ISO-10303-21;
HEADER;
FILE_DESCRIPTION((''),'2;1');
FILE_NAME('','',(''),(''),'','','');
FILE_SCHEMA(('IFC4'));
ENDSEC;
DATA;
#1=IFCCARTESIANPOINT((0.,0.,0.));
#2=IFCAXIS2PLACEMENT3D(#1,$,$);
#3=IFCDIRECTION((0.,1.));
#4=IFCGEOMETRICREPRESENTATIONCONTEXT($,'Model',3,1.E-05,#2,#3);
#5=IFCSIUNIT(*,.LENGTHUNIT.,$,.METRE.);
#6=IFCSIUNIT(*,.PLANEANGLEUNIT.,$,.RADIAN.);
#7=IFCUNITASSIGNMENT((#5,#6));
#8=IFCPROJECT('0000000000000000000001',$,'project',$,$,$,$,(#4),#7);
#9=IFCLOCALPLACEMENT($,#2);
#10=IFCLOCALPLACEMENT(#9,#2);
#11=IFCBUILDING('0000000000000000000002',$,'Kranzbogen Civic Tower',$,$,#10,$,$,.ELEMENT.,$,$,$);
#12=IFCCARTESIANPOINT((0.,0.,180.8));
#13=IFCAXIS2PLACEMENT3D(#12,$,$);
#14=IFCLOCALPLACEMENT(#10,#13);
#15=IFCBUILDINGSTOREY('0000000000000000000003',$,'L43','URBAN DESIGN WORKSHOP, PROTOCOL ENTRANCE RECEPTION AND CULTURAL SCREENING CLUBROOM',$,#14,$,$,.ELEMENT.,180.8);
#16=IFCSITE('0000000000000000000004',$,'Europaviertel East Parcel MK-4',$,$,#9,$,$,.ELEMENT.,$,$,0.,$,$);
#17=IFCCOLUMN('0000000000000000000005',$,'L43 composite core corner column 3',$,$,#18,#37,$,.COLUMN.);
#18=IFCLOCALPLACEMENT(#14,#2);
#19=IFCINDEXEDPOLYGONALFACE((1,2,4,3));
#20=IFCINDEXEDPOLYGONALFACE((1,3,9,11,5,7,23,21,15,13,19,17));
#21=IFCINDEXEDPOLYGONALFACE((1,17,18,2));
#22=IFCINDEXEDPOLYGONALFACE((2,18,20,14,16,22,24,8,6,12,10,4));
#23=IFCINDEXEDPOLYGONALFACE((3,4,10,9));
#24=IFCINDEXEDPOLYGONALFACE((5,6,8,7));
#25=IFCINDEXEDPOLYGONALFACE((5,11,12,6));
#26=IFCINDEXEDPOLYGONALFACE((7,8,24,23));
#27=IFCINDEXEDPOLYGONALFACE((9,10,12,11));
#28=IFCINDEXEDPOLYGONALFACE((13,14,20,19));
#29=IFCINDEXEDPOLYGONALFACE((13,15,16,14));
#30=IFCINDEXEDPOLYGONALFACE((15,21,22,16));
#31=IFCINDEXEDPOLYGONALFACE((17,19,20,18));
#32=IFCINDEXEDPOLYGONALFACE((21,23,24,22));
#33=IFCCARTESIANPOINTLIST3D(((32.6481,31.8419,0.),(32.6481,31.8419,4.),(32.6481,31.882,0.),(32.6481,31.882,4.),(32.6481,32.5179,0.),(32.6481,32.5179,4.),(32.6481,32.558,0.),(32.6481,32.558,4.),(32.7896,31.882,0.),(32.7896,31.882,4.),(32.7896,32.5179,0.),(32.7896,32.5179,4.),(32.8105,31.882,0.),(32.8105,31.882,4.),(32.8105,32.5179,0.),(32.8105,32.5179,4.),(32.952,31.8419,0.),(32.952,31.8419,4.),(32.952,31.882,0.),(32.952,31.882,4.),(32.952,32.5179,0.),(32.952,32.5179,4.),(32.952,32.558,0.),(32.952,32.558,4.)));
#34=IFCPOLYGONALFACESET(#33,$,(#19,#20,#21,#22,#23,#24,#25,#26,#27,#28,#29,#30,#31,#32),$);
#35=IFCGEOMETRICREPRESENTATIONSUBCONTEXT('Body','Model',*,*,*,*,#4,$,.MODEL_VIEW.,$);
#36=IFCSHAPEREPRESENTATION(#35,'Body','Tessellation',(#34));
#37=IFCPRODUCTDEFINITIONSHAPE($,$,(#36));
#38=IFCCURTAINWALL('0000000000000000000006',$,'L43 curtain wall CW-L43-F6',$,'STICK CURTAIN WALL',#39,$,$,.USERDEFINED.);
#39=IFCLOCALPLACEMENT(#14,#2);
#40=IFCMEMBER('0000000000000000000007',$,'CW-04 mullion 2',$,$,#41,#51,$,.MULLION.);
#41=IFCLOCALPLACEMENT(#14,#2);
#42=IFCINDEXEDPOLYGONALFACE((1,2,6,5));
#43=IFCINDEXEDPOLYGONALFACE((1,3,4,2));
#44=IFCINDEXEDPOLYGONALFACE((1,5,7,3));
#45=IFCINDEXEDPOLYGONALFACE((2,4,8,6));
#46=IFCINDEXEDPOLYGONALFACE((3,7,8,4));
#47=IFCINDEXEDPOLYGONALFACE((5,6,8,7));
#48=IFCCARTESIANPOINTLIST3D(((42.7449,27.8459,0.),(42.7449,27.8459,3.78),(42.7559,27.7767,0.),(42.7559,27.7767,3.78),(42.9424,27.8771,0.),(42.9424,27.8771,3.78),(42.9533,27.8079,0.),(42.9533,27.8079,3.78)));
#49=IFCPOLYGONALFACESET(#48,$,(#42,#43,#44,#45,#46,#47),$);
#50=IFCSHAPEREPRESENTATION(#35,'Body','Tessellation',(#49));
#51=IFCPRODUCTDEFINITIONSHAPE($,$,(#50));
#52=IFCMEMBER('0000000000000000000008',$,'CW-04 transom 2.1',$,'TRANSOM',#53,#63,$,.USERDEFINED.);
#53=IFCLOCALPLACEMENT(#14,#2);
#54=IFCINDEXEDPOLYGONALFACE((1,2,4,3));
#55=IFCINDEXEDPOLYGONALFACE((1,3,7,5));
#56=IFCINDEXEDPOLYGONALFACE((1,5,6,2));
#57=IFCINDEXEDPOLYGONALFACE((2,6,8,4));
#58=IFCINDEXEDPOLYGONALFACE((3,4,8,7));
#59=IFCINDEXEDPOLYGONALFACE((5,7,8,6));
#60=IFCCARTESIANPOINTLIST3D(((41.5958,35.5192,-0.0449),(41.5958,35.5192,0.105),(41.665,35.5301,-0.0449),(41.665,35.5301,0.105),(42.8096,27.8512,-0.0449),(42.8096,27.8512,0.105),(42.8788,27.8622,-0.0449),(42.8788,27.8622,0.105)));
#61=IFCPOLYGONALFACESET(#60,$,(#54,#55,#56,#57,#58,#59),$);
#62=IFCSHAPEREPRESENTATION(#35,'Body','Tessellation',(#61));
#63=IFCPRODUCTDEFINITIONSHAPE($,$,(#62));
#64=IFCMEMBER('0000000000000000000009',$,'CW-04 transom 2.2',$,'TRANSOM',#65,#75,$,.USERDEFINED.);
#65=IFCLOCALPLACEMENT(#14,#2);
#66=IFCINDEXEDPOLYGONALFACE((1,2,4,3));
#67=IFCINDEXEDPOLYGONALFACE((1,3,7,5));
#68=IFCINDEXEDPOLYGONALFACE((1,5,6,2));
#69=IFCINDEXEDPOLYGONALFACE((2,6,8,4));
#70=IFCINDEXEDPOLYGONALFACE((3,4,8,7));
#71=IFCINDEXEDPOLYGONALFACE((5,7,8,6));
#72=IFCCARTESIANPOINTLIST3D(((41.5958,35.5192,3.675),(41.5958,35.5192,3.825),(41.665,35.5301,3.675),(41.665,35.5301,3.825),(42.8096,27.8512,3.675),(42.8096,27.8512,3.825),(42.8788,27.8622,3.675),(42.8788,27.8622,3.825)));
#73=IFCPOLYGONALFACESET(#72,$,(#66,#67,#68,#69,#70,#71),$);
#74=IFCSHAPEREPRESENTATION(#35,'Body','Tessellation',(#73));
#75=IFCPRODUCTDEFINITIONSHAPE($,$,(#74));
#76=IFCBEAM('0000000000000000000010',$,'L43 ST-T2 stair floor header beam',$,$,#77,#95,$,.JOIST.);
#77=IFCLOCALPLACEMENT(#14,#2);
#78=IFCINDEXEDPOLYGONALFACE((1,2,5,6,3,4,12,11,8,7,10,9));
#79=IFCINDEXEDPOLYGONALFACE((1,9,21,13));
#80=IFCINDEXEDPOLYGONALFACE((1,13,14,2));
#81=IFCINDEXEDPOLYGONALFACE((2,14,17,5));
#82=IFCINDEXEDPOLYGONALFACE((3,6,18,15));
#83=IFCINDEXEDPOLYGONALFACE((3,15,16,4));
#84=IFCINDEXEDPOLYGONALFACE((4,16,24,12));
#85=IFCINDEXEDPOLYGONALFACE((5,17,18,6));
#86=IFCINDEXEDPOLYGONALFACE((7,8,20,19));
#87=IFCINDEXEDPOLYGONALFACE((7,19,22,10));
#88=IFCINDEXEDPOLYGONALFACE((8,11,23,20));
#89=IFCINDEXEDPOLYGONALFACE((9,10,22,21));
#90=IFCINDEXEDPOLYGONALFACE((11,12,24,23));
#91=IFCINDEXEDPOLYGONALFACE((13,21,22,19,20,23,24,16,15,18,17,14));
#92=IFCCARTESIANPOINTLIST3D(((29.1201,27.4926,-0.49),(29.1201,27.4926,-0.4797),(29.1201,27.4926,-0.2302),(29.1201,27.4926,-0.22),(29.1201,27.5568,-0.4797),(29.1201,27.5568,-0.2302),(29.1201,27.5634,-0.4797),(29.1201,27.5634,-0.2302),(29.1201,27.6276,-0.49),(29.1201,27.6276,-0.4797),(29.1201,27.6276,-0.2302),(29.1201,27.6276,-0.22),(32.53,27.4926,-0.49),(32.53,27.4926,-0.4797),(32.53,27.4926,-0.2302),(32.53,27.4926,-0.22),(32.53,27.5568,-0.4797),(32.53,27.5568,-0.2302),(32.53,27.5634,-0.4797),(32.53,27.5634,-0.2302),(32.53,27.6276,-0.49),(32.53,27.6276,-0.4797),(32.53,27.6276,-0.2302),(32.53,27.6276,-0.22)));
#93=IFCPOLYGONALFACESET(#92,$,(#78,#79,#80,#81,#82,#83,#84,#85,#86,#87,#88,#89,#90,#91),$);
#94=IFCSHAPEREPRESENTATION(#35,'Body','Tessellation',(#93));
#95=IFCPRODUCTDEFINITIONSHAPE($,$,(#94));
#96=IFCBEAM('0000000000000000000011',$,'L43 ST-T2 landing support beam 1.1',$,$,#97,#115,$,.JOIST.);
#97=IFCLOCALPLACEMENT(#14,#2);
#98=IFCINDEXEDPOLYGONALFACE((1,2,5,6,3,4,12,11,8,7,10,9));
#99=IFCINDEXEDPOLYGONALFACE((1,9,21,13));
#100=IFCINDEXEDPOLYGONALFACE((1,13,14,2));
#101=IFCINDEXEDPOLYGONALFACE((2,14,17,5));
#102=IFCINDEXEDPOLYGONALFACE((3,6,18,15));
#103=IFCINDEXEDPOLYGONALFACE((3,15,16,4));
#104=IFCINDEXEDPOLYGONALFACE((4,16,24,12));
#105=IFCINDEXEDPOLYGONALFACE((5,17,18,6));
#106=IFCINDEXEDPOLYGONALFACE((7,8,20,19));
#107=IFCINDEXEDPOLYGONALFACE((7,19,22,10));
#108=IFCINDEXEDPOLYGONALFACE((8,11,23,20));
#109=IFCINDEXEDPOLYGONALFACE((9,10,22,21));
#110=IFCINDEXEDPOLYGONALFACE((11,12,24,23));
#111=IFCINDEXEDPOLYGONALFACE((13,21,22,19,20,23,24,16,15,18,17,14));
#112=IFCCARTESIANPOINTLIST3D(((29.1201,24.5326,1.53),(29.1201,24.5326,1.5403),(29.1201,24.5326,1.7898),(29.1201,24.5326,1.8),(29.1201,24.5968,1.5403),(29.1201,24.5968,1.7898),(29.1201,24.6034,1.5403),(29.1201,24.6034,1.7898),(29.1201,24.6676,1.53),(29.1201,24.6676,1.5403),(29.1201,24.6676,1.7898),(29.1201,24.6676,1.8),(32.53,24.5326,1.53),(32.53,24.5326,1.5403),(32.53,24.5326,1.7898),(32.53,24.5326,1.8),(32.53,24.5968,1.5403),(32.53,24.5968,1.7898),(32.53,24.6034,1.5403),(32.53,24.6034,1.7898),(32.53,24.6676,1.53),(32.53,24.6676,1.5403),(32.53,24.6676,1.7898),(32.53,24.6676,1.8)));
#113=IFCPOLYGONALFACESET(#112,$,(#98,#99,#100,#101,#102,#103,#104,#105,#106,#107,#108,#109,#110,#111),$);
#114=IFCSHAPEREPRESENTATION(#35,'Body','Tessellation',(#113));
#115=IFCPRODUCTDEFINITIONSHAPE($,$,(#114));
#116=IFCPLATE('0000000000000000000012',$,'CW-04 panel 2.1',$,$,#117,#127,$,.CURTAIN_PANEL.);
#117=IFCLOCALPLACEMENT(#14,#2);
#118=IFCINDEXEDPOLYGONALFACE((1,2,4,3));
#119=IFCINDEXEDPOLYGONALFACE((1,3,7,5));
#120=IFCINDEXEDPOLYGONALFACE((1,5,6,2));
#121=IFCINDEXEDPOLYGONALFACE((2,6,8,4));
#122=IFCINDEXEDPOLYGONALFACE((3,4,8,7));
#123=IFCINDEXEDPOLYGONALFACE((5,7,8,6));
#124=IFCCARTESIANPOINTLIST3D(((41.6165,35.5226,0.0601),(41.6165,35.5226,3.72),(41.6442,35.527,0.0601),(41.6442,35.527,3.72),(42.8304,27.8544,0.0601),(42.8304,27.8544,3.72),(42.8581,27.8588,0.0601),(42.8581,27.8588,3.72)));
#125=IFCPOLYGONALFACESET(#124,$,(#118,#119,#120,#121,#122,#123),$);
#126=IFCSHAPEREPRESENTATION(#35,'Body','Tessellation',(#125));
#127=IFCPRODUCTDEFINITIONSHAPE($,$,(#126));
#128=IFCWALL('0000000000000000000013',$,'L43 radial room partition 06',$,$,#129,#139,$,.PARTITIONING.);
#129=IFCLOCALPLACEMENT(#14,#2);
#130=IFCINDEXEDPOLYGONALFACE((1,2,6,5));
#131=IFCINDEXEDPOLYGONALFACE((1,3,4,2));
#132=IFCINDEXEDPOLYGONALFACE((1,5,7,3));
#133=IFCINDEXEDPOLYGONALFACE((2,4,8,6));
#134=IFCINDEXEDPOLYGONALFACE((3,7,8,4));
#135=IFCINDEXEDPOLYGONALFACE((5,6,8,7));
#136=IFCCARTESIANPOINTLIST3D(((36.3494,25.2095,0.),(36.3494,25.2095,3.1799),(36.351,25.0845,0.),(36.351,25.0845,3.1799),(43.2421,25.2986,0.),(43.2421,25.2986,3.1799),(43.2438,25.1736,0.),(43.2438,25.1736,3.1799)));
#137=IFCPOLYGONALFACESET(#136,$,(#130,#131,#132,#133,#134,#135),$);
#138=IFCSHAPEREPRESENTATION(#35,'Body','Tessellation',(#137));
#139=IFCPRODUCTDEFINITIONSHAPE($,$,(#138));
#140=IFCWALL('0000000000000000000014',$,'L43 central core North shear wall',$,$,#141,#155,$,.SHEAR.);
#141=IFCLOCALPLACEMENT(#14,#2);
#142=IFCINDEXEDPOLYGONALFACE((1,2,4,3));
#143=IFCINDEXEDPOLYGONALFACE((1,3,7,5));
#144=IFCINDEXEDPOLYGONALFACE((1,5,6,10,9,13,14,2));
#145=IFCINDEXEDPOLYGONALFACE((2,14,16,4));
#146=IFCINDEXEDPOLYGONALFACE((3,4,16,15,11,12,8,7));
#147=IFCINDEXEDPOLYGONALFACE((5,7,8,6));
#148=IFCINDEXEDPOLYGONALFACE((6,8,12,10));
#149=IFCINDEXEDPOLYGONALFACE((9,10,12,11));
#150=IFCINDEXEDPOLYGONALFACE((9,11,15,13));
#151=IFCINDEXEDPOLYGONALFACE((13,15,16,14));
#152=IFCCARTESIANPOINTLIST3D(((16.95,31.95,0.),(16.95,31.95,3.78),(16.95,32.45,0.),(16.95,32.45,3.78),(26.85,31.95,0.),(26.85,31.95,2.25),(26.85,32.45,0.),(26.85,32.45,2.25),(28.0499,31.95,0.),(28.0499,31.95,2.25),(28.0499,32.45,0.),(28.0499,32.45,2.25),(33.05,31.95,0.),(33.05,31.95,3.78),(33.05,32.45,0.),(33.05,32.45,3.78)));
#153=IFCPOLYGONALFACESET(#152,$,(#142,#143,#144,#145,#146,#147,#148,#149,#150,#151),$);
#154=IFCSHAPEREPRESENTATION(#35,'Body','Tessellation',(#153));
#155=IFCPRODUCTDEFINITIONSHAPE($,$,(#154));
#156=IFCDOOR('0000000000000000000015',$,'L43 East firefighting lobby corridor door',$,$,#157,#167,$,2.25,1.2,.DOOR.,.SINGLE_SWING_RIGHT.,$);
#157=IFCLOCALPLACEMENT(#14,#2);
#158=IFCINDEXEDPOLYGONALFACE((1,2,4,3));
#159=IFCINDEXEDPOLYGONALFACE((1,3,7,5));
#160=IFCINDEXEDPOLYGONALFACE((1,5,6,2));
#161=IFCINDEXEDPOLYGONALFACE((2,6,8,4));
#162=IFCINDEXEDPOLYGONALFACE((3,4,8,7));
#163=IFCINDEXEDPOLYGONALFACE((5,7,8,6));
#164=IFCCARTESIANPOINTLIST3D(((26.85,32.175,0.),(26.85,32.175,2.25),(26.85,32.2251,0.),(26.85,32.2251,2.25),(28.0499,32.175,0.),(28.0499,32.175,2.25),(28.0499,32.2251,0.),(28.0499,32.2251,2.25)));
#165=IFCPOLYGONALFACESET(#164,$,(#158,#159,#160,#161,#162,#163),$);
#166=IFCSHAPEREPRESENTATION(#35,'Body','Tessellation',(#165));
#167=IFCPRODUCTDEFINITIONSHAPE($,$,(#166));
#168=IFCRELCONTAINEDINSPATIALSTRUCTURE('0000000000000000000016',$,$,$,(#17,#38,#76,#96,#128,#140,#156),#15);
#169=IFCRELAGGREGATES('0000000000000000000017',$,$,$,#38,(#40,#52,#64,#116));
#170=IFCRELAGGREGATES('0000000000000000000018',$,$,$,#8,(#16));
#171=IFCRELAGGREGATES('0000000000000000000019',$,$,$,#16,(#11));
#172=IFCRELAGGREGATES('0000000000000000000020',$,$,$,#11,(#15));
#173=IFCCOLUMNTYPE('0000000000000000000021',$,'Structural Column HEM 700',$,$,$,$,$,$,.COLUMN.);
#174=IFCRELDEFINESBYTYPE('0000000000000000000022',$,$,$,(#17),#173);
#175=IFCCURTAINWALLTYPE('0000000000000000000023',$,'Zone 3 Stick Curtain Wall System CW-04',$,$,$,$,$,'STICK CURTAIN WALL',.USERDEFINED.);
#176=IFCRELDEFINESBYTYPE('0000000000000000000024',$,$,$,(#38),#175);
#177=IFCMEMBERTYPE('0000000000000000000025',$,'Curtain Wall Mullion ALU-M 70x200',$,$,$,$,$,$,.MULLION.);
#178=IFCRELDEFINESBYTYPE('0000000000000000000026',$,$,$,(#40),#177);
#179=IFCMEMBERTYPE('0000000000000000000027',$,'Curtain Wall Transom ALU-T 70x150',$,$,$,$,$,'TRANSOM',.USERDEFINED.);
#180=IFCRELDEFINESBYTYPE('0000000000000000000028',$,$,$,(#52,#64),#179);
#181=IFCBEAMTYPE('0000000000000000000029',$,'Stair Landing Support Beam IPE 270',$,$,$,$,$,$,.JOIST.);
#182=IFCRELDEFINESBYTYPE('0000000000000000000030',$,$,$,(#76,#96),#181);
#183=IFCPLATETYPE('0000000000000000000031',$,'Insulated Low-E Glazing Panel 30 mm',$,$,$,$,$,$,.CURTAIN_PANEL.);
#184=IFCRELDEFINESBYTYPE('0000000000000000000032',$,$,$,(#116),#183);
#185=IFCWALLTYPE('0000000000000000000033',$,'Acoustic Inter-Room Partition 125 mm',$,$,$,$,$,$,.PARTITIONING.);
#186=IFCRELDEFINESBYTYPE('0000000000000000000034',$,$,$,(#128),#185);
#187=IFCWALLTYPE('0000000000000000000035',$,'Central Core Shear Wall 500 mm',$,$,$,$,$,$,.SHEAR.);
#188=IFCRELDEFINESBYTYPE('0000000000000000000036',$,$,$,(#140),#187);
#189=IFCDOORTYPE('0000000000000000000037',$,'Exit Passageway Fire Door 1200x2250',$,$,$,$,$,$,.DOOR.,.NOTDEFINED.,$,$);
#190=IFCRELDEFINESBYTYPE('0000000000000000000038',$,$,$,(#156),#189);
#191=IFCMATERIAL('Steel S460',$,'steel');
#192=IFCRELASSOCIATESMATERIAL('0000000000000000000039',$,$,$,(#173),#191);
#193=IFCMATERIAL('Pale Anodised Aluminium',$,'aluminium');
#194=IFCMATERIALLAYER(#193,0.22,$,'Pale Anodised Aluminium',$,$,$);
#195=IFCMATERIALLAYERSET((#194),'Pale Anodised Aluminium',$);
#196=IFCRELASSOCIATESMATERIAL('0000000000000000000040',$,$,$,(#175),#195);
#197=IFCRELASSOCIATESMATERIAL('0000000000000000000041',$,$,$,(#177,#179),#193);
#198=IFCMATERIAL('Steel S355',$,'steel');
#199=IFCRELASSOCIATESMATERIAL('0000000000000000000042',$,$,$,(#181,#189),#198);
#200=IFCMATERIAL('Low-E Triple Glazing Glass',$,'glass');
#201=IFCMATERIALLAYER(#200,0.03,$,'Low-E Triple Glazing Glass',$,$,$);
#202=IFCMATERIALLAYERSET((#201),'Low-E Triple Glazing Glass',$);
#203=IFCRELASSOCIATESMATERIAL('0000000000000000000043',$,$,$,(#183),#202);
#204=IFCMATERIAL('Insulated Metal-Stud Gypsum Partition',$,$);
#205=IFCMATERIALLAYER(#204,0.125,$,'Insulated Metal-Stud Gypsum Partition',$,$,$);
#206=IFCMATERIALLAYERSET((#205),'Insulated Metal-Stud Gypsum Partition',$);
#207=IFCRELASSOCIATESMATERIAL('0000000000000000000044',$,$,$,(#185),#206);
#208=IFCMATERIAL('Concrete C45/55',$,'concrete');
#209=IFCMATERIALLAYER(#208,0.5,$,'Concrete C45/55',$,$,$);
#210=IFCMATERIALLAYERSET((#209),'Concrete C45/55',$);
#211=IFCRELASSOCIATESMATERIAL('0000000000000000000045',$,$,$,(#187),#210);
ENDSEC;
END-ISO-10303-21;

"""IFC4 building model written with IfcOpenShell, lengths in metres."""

from ifc_helpers import new_model, si_unit, direction, frame, frame_2d, origin, origin_2d, place, context, subcontext, project, spatial, rectangle, i_section, extrude, material, layer, layer_set, material_profile, profile_set, type_object, element, fill, aggregate, save


model = new_model("IFC4")

# Units and contexts
model_context = context("Model", 3, precision=1e-05, world=origin(), true_north=direction((0.0, 1.0)))
body_context = subcontext(model_context, "Body", "Model", "MODEL_VIEW")
ifc_project = project(units=[si_unit("LENGTHUNIT", "METRE"), si_unit("PLANEANGLEUNIT", "RADIAN")], contexts=[model_context])

# Site, building, storey
site_placement = place(None, origin())
site = spatial("IfcSite", under=ifc_project, at=site_placement, Name="Europaviertel East Parcel MK-4", CompositionType="ELEMENT", RefElevation=0.0)
building_placement = place(site_placement, origin())
building = spatial("IfcBuilding", under=site, at=building_placement, Name="Kranzbogen Civic Tower", CompositionType="ELEMENT")
storey_placement = place(building_placement, frame((0.0, 0.0, 180.8)))
storey = spatial("IfcBuildingStorey", under=building, at=storey_placement, Name="L43", Description="URBAN DESIGN WORKSHOP, PROTOCOL ENTRANCE RECEPTION AND CULTURAL SCREENING CLUBROOM", CompositionType="ELEMENT", Elevation=180.8)

# Column
ifc_material_1 = material(Name="Steel S460", Category="steel")
ifc_material_profile_1 = material_profile(ifc_material_1, i_section(OverallWidth=0.304, OverallDepth=0.7161, WebThickness=0.021, FlangeThickness=0.04, at=origin_2d()), Name="HEM 700")
ifc_profile_set_1 = profile_set([ifc_material_profile_1], Name="Steel S460")
column_type = type_object("IfcColumnType", Name="Structural Column HEM 700", PredefinedType="COLUMN", material=ifc_profile_set_1)
column_placement = place(storey_placement, frame((32.8, 32.2, 0.0), z_axis=(0.0, 0.0, 1.0), x_axis=(1.0, 0.0, 0.0)))
element("IfcColumn", 1, at=column_placement, inside=storey, type_object=column_type, Name="L43 composite core corner column 3", PredefinedType="COLUMN", context=body_context, shape_type="SweptSolid", body=[
    extrude(i_section(OverallWidth=0.304, OverallDepth=0.7161, WebThickness=0.021, FlangeThickness=0.04, at=origin_2d()), origin(), (0.0, 0.0, 1.0), 4.0),
])

# Curtain wall, members
ifc_material_2 = material(Name="Pale Anodised Aluminium", Category="aluminium")
ifc_layer_1 = layer(ifc_material_2, 0.22, Name="Pale Anodised Aluminium")
ifc_layer_set_1 = layer_set([ifc_layer_1], Name="Pale Anodised Aluminium")
curtain_wall_type = type_object("IfcCurtainWallType", Name="Zone 3 Stick Curtain Wall System CW-04", ElementType="STICK CURTAIN WALL", PredefinedType="USERDEFINED", material=ifc_layer_set_1)
curtain_wall_placement = place(storey_placement, origin())
curtain_wall = element("IfcCurtainWall", 2, at=curtain_wall_placement, inside=storey, type_object=curtain_wall_type, Name="L43 curtain wall CW-L43-F6", ObjectType="STICK CURTAIN WALL", PredefinedType="USERDEFINED")
ifc_material_profile_2 = material_profile(ifc_material_2, rectangle(XDim=0.0701, YDim=0.2, at=origin_2d()), Name="ALU-M 70x200")
ifc_profile_set_2 = profile_set([ifc_material_profile_2], Name="Pale Anodised Aluminium")
member_type_1 = type_object("IfcMemberType", Name="Curtain Wall Mullion ALU-M 70x200", PredefinedType="MULLION", material=ifc_profile_set_2)
member_1_placement = place(storey_placement, frame((42.8491, 27.8269, 0.0), z_axis=(0.0, 0.0, 1.0), x_axis=(-0.156361, 0.9877, 0.0)))
member_1 = element("IfcMember", 3, at=member_1_placement, type_object=member_type_1, Name="CW-04 mullion 2", PredefinedType="MULLION", context=body_context, shape_type="SweptSolid", body=[
    extrude(rectangle(XDim=0.0701, YDim=0.2, at=origin_2d()), origin(), (0.0, 0.0, 1.0), 3.78),
])
ifc_material_profile_3 = material_profile(ifc_material_2, rectangle(XDim=0.0701, YDim=0.1499, at=origin_2d()), Name="ALU-T 70x150")
ifc_profile_set_3 = profile_set([ifc_material_profile_3], Name="Pale Anodised Aluminium")
member_type_2 = type_object("IfcMemberType", Name="Curtain Wall Transom ALU-T 70x150", ElementType="TRANSOM", PredefinedType="USERDEFINED", material=ifc_profile_set_3)
member_2_placement = place(storey_placement, frame((42.8442, 27.8567, 0.03), z_axis=(-0.156357, 0.987701, 0.0), x_axis=(-0.987701, -0.156357, 0.0)))
member_2 = element("IfcMember", 4, at=member_2_placement, type_object=member_type_2, Name="CW-04 transom 2.1", ObjectType="TRANSOM", PredefinedType="USERDEFINED", context=body_context, shape_type="SweptSolid", body=[
    extrude(rectangle(XDim=0.0701, YDim=0.1499, at=origin_2d()), origin(), (0.0, 0.0, 1.0), 7.7634),
])
member_3_placement = place(storey_placement, frame((42.8442, 27.8567, 3.75), z_axis=(-0.156357, 0.987701, 0.0), x_axis=(-0.987701, -0.156357, 0.0)))
member_3 = element("IfcMember", 5, at=member_3_placement, type_object=member_type_2, Name="CW-04 transom 2.2", ObjectType="TRANSOM", PredefinedType="USERDEFINED", context=body_context, shape_type="SweptSolid", body=[
    extrude(rectangle(XDim=0.0701, YDim=0.1499, at=origin_2d()), origin(), (0.0, 0.0, 1.0), 7.7634),
])

# Beams
ifc_material_3 = material(Name="Steel S355", Category="steel")
ifc_material_profile_4 = material_profile(ifc_material_3, i_section(OverallWidth=0.135, OverallDepth=0.27, WebThickness=0.0066, FlangeThickness=0.0103, at=origin_2d()), Name="IPE 270")
ifc_profile_set_4 = profile_set([ifc_material_profile_4], Name="Steel S355")
beam_type = type_object("IfcBeamType", Name="Stair Landing Support Beam IPE 270", PredefinedType="JOIST", material=ifc_profile_set_4)
for number, where, z_axis, x_axis, name in (
    (6, (29.1201, 27.5601, -0.355), (1.0, 0.0, 0.0), (0.0, 1.0, 0.0), "L43 ST-T2 stair floor header beam"),
    (7, (29.1201, 24.6001, 1.665), (1.0, 0.0, 0.0), (0.0, 1.0, 0.0), "L43 ST-T2 landing support beam 1.1"),
):
    element("IfcBeam", number, at=place(storey_placement, frame(where, z_axis=z_axis, x_axis=x_axis)), inside=storey, type_object=beam_type, Name=name, PredefinedType="JOIST", context=body_context, shape_type="SweptSolid", body=[
        extrude(i_section(OverallWidth=0.135, OverallDepth=0.27, WebThickness=0.0066, FlangeThickness=0.0103, at=origin_2d()), origin(), (0.0, 0.0, 1.0), 3.4099),
    ])

# Plate
ifc_material_4 = material(Name="Low-E Triple Glazing Glass", Category="glass")
ifc_layer_2 = layer(ifc_material_4, 0.03, Name="Low-E Triple Glazing Glass")
ifc_layer_set_2 = layer_set([ifc_layer_2], Name="Low-E Triple Glazing Glass")
plate_type = type_object("IfcPlateType", Name="Insulated Low-E Glazing Panel 30 mm", PredefinedType="CURTAIN_PANEL", material=ifc_layer_set_2)
plate_placement = place(storey_placement, frame((42.2373, 31.6907, 0.0601), z_axis=(0.0, 0.0, 1.0), x_axis=(-0.156361, 0.9877, 0.0)))
plate = element("IfcPlate", 8, at=plate_placement, type_object=plate_type, Name="CW-04 panel 2.1", PredefinedType="CURTAIN_PANEL", context=body_context, shape_type="SweptSolid", body=[
    extrude(rectangle(XDim=7.7637, YDim=0.0281, at=origin_2d()), origin(), (0.0, 0.0, 1.0), 3.6599),
])
aggregate(curtain_wall, [member_1, member_2, member_3, plate])

# Wall
ifc_material_5 = material(Name="Insulated Metal-Stud Gypsum Partition")
ifc_layer_3 = layer(ifc_material_5, 0.125, Name="Insulated Metal-Stud Gypsum Partition")
ifc_layer_set_3 = layer_set([ifc_layer_3], Name="Insulated Metal-Stud Gypsum Partition")
wall_type_1 = type_object("IfcWallType", Name="Acoustic Inter-Room Partition 125 mm", PredefinedType="PARTITIONING", material=ifc_layer_set_3)
wall_1_placement = place(storey_placement, frame((36.3501, 25.147, 0.0), z_axis=(0.0, 0.0, 1.0), x_axis=(0.999916, 0.012927, 0.0)))
element("IfcWall", 9, at=wall_1_placement, inside=storey, type_object=wall_type_1, Name="L43 radial room partition 06", PredefinedType="PARTITIONING", context=body_context, shape_type="SweptSolid", body=[
    extrude(rectangle(XDim=6.8933, YDim=0.125, at=frame_2d((3.4468, 0.0))), origin(), (0.0, 0.0, 1.0), 3.1799),
])

# Wall, opening, door
ifc_material_6 = material(Name="Concrete C45/55", Category="concrete")
ifc_layer_4 = layer(ifc_material_6, 0.5, Name="Concrete C45/55")
ifc_layer_set_4 = layer_set([ifc_layer_4], Name="Concrete C45/55")
wall_type_2 = type_object("IfcWallType", Name="Central Core Shear Wall 500 mm", PredefinedType="SHEAR", material=ifc_layer_set_4)
wall_2_placement = place(storey_placement, frame((33.05, 32.2, 0.0), z_axis=(0.0, 0.0, 1.0), x_axis=(-1.0, 0.0, 0.0)))
wall_2 = element("IfcWall", 10, at=wall_2_placement, inside=storey, type_object=wall_type_2, Name="L43 central core North shear wall", PredefinedType="SHEAR", context=body_context, shape_type="SweptSolid", body=[
    extrude(rectangle(XDim=16.1001, YDim=0.5, at=frame_2d((8.05, 0.0))), origin(), (0.0, 0.0, 1.0), 3.78),
])
opening_1_placement = place(wall_2_placement, frame((5.0, 0.0, 0.0)))
opening_1 = element("IfcOpeningElement", 11, at=opening_1_placement, cuts=wall_2, PredefinedType="OPENING", context=body_context, shape_type="SweptSolid", body=[
    extrude(rectangle(XDim=1.2, YDim=2.25, at=frame_2d((0.6001, 1.125))), frame((0.0, 0.26, 0.0), z_axis=(0.0, -1.0, 0.0), x_axis=(1.0, 0.0, 0.0)), (0.0, 0.0, 1.0), 0.52),
])
door_type_1 = type_object("IfcDoorType", Name="Exit Passageway Fire Door 1200x2250", OperationType="NOTDEFINED", PredefinedType="DOOR", material=ifc_material_3)
door_1_placement = place(opening_1_placement, origin())
door_1 = element("IfcDoor", 12, at=door_1_placement, inside=storey, type_object=door_type_1, Name="L43 East firefighting lobby corridor door", OperationType="SINGLE_SWING_RIGHT", OverallHeight=2.25, OverallWidth=1.2, PredefinedType="DOOR", context=body_context, shape_type="SweptSolid", body=[
    extrude(rectangle(XDim=1.2, YDim=2.25, at=frame_2d((0.6001, 1.125))), frame((0.0, 0.0249, 0.0), z_axis=(0.0, -1.0, 0.0), x_axis=(1.0, 0.0, 0.0)), (0.0, 0.0, 1.0), 0.05),
])
fill(opening_1, door_1)

save(model, "model.ifc")
